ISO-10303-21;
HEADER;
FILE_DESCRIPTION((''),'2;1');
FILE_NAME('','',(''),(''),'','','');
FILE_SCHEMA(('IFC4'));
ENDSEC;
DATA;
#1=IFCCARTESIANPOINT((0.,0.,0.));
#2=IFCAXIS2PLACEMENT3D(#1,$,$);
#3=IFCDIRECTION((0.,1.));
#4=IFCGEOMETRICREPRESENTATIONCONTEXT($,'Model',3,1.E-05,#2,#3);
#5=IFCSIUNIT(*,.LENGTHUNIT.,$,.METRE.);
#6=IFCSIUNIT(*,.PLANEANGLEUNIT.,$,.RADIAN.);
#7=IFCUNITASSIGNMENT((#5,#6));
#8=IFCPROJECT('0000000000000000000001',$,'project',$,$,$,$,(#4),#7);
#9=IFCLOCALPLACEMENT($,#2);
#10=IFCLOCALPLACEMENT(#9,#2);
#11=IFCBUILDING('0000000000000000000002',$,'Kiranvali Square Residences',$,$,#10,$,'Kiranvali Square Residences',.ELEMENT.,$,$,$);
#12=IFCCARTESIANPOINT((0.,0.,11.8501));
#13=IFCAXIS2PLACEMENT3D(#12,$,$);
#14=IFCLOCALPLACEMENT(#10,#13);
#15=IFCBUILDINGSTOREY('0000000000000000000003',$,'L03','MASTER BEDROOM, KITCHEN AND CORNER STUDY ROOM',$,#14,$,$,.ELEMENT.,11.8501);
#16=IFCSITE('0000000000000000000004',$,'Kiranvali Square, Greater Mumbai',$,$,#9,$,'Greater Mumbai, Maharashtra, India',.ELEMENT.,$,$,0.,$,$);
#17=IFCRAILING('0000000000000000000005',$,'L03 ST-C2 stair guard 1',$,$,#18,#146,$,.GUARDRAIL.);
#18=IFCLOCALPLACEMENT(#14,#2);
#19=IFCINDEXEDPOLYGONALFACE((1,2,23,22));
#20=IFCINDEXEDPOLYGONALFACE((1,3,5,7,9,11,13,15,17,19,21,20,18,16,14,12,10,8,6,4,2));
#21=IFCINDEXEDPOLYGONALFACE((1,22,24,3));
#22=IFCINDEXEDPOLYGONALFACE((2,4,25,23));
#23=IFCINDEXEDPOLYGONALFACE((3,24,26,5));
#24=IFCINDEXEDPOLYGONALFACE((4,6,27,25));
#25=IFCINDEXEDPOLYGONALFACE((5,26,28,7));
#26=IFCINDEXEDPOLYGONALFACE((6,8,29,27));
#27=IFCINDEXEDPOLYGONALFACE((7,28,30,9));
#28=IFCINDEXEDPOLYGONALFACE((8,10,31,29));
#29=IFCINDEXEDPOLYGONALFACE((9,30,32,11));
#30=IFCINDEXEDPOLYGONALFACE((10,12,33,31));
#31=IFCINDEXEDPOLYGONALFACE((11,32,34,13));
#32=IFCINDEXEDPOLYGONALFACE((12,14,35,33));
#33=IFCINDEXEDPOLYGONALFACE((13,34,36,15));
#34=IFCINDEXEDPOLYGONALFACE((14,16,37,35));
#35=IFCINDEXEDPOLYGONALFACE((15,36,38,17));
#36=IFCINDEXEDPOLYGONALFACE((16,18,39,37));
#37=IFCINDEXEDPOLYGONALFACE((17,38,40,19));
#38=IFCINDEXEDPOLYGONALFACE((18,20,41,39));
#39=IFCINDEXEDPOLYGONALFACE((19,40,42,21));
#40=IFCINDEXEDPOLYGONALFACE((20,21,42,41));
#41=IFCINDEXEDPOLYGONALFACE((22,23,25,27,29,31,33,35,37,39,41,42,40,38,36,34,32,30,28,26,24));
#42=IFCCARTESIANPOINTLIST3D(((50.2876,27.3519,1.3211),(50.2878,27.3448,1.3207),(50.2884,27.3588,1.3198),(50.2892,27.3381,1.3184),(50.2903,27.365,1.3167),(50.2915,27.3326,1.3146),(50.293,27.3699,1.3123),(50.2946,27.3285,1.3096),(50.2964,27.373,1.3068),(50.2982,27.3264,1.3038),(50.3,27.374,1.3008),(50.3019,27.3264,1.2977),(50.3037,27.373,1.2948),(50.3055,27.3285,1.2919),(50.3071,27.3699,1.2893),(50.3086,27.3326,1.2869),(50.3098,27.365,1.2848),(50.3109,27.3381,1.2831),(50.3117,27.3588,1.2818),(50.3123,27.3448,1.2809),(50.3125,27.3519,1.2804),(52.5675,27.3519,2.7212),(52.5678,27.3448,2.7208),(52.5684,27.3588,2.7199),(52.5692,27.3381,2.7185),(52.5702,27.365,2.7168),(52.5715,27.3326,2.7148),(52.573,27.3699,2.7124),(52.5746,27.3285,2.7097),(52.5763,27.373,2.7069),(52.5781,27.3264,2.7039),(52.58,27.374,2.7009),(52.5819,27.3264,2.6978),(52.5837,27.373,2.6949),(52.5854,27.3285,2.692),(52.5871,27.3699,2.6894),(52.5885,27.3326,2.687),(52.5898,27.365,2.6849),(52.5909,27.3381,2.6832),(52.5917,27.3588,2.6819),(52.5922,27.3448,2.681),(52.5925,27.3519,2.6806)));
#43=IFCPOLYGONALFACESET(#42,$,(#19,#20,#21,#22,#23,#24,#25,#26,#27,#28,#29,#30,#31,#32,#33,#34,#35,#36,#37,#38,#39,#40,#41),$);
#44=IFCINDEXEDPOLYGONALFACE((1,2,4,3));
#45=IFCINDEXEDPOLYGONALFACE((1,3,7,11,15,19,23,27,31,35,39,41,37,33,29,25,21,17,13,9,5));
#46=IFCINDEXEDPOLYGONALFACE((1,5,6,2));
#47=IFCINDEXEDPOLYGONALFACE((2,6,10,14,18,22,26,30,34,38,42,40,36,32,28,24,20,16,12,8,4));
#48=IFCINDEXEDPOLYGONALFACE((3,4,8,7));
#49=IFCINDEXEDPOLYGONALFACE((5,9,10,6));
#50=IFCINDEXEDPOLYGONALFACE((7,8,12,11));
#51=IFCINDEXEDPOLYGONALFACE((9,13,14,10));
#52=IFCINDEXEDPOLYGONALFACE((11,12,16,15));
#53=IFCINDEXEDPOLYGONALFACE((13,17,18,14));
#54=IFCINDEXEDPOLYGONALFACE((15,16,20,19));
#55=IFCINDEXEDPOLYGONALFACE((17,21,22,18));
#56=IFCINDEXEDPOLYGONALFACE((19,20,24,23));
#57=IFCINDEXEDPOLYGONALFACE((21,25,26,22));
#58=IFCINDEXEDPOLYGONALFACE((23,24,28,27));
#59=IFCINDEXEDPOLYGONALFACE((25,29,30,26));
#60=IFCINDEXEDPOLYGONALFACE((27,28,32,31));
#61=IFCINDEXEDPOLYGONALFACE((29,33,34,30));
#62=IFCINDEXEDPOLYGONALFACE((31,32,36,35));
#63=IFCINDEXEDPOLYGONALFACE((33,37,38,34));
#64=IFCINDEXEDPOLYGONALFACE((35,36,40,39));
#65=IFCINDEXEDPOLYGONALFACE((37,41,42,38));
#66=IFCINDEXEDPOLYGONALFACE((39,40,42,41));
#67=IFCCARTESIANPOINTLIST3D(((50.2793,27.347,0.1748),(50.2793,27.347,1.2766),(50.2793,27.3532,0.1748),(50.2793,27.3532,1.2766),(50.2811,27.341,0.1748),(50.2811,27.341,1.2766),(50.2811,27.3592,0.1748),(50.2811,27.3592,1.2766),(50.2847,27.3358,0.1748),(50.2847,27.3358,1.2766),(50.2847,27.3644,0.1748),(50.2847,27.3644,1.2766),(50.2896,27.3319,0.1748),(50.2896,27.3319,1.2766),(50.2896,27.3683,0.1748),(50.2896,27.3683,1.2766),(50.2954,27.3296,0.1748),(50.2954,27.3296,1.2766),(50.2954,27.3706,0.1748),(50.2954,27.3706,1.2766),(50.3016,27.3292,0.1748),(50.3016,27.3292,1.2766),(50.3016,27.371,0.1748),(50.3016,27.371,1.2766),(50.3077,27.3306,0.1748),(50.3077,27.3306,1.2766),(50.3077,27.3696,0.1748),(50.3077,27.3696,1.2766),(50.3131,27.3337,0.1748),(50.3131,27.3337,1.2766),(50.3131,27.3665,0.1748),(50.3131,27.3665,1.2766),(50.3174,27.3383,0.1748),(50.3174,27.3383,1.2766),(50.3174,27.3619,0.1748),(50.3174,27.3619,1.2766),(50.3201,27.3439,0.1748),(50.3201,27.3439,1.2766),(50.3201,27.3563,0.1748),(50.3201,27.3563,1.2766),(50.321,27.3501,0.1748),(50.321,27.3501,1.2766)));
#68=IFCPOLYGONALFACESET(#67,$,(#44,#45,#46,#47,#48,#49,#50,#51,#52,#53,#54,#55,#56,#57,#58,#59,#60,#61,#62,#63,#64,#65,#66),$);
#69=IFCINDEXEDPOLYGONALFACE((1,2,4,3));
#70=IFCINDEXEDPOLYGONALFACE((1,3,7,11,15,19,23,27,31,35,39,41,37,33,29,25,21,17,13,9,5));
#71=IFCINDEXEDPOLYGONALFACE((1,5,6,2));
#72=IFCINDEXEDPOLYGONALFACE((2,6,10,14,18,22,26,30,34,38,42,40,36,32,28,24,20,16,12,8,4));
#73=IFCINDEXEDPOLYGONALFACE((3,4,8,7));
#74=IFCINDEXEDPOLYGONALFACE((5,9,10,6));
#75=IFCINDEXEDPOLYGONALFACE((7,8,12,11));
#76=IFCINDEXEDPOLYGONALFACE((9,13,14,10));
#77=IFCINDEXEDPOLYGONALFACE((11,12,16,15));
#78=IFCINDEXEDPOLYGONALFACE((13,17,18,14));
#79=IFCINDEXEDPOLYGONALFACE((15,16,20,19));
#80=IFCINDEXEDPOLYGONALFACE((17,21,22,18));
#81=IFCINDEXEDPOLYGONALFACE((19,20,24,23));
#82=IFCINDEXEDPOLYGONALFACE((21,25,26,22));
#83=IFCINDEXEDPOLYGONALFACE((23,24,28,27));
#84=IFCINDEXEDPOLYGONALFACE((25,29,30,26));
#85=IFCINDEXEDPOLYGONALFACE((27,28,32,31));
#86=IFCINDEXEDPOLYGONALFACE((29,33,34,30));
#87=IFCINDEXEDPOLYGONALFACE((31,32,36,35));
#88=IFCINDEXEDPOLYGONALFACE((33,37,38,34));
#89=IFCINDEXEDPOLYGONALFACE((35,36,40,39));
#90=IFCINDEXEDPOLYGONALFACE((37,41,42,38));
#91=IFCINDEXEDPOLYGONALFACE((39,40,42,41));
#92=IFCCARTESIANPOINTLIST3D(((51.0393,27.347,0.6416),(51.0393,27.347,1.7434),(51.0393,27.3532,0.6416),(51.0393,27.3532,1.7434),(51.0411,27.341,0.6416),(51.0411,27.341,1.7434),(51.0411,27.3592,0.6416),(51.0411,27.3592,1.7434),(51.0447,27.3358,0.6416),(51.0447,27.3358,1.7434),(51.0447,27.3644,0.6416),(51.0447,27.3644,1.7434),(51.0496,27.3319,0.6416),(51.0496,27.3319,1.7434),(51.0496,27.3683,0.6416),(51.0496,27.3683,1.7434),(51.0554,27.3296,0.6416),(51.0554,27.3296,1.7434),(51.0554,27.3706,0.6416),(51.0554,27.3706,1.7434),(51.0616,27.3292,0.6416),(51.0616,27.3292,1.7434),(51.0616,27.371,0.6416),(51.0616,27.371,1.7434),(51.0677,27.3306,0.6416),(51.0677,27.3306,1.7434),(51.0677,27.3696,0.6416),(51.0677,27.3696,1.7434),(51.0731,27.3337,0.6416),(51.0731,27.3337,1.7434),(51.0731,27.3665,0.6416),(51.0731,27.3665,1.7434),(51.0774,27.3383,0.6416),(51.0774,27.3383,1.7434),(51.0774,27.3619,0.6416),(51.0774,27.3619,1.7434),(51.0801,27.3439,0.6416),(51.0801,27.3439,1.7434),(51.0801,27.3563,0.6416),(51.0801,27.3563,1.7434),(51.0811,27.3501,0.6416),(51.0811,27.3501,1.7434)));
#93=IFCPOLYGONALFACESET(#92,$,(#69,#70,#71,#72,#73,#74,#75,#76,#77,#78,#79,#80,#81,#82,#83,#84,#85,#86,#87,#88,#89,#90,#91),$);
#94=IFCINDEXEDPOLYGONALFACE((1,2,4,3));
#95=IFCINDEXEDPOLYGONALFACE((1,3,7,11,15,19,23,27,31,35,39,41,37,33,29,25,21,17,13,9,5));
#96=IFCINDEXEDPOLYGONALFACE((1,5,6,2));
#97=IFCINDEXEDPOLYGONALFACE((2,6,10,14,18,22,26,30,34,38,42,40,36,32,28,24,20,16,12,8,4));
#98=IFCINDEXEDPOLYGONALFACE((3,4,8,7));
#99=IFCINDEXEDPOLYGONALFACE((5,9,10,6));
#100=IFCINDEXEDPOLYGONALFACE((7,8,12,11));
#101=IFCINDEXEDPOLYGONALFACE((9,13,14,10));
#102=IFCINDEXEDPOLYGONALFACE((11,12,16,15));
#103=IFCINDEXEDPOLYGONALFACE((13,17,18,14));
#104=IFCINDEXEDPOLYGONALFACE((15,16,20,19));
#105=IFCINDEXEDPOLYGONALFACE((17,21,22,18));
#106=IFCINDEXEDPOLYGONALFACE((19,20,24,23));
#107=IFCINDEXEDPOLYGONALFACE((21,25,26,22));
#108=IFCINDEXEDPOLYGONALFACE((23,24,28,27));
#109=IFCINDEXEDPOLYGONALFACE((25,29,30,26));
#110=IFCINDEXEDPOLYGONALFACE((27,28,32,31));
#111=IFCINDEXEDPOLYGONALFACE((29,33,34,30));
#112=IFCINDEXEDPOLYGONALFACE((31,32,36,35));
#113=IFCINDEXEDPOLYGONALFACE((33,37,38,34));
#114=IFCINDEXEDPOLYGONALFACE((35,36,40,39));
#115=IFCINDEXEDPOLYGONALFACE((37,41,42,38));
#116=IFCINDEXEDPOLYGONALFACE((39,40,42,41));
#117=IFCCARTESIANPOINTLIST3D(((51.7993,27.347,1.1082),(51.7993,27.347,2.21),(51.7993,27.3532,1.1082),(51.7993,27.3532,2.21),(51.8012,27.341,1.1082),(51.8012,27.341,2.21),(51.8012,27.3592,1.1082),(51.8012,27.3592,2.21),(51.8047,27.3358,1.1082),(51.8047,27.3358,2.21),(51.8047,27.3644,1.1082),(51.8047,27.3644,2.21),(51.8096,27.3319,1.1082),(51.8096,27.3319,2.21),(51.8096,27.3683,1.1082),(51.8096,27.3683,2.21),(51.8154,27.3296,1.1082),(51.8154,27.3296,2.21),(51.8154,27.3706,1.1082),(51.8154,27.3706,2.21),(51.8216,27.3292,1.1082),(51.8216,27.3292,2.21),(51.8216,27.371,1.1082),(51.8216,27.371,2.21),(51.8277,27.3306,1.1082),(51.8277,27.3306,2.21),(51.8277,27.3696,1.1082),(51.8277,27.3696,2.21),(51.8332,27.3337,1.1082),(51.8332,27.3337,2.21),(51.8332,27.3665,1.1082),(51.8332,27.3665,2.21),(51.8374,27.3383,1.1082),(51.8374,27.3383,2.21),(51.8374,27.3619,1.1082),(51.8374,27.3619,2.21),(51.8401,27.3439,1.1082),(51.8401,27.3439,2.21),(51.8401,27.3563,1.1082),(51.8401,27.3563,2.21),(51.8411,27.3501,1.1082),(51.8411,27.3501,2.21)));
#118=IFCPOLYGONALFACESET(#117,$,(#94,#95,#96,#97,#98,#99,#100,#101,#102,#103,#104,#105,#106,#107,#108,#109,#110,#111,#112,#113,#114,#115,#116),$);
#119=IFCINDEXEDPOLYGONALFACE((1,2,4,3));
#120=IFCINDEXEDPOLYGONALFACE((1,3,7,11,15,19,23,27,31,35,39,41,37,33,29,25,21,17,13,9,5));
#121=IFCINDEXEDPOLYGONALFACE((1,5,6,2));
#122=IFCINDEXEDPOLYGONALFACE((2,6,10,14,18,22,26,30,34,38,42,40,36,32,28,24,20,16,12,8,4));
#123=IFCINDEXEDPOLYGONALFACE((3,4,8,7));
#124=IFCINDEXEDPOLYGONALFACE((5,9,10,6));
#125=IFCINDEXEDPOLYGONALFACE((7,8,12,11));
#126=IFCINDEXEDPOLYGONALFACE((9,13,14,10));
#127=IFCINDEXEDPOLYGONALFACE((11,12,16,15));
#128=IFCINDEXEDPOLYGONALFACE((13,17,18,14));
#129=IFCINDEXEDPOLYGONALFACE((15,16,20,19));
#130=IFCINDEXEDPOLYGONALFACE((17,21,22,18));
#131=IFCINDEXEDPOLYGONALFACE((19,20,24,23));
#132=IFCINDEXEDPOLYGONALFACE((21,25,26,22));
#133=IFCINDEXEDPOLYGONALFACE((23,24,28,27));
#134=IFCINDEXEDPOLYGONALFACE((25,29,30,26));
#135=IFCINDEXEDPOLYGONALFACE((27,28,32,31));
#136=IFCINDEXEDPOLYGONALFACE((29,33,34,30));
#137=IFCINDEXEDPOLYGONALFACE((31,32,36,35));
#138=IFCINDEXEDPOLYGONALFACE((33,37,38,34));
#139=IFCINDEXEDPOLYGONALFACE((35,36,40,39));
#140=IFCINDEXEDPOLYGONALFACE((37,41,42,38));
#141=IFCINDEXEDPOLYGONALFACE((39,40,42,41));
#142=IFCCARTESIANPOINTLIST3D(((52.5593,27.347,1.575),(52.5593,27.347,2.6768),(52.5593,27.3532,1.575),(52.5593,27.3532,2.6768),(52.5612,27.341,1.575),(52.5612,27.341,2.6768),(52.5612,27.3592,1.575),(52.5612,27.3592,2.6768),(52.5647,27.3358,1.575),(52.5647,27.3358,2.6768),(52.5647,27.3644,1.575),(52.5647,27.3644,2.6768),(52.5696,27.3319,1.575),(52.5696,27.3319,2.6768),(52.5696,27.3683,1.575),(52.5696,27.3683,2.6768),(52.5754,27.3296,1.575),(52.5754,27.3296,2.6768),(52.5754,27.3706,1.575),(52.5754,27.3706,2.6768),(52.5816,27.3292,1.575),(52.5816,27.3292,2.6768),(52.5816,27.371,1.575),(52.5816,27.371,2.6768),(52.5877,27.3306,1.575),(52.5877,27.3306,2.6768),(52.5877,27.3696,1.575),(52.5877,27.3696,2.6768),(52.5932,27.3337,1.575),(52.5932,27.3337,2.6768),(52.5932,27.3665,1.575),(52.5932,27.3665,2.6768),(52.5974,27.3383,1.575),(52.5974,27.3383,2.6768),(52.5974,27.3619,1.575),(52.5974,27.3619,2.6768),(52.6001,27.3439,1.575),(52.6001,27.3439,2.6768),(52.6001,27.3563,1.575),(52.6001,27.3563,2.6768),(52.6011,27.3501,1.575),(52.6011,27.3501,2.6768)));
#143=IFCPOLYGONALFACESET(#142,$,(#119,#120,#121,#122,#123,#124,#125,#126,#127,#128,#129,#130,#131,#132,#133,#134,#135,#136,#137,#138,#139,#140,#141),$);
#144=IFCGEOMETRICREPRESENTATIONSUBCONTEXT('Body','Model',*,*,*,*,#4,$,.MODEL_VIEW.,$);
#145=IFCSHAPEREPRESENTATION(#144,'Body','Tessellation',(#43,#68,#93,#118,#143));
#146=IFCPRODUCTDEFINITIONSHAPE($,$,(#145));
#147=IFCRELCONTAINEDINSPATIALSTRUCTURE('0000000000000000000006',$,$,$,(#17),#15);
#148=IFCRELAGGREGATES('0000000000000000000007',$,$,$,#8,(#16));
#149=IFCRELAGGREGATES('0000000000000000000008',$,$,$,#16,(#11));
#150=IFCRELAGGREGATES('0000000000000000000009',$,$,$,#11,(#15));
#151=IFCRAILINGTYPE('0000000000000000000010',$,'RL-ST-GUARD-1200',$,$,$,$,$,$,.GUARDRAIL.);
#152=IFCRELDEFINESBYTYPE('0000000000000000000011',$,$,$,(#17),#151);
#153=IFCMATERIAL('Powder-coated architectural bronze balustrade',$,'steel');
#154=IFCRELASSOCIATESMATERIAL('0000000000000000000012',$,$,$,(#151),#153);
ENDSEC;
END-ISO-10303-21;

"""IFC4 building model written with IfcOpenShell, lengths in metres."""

from ifc_helpers import new_model, si_unit, direction, frame, origin, origin_2d, place, context, subcontext, project, spatial, circle, extrude, material, type_object, element, save


model = new_model("IFC4")

# Units and contexts
model_context = context("Model", 3, precision=1e-05, world=origin(), true_north=direction((0.0, 1.0)))
body_context = subcontext(model_context, "Body", "Model", "MODEL_VIEW")
ifc_project = project(units=[si_unit("LENGTHUNIT", "METRE"), si_unit("PLANEANGLEUNIT", "RADIAN")], contexts=[model_context])

# Site, building, storey
site_placement = place(None, origin())
site = spatial("IfcSite", under=ifc_project, at=site_placement, Name="Kiranvali Square, Greater Mumbai", LongName="Greater Mumbai, Maharashtra, India", CompositionType="ELEMENT", RefElevation=0.0)
building_placement = place(site_placement, origin())
building = spatial("IfcBuilding", under=site, at=building_placement, Name="Kiranvali Square Residences", LongName="Kiranvali Square Residences", CompositionType="ELEMENT")
storey_placement = place(building_placement, frame((0.0, 0.0, 11.8501)))
storey = spatial("IfcBuildingStorey", under=building, at=storey_placement, Name="L03", Description="MASTER BEDROOM, KITCHEN AND CORNER STUDY ROOM", CompositionType="ELEMENT", Elevation=11.8501)

# Railing
ifc_material_1 = material(Name="Powder-coated architectural bronze balustrade", Category="steel")
railing_type_1 = type_object("IfcRailingType", Name="RL-ST-GUARD-1200", PredefinedType="GUARDRAIL", material=ifc_material_1)
railing_1_placement = place(storey_placement, frame((50.3, 27.3501, 0.1748)))
element("IfcRailing", 1, at=railing_1_placement, inside=storey, type_object=railing_type_1, Name="L03 ST-C2 stair guard 1", PredefinedType="GUARDRAIL", context=body_context, shape_type="SweptSolid", body=[
    extrude(circle(Radius=0.0239, at=origin_2d()), frame((0.0, 0.0, 1.126), z_axis=(0.85215, 0.0, 0.523298), x_axis=(0.0, 1.0, 0.0)), (0.0, 0.0, 1.0), 2.6755),
    extrude(circle(Radius=0.021, at=origin_2d()), origin(), (0.0, 0.0, 1.0), 1.1018),
    extrude(circle(Radius=0.021, at=origin_2d()), frame((0.76, 0.0, 0.4668)), (0.0, 0.0, 1.0), 1.1018),
    extrude(circle(Radius=0.021, at=origin_2d()), frame((1.52, 0.0, 0.9333)), (0.0, 0.0, 1.0), 1.1018),
    extrude(circle(Radius=0.021, at=origin_2d()), frame((2.28, 0.0, 1.4001)), (0.0, 0.0, 1.0), 1.1018),
])

save(model, "model.ifc")
